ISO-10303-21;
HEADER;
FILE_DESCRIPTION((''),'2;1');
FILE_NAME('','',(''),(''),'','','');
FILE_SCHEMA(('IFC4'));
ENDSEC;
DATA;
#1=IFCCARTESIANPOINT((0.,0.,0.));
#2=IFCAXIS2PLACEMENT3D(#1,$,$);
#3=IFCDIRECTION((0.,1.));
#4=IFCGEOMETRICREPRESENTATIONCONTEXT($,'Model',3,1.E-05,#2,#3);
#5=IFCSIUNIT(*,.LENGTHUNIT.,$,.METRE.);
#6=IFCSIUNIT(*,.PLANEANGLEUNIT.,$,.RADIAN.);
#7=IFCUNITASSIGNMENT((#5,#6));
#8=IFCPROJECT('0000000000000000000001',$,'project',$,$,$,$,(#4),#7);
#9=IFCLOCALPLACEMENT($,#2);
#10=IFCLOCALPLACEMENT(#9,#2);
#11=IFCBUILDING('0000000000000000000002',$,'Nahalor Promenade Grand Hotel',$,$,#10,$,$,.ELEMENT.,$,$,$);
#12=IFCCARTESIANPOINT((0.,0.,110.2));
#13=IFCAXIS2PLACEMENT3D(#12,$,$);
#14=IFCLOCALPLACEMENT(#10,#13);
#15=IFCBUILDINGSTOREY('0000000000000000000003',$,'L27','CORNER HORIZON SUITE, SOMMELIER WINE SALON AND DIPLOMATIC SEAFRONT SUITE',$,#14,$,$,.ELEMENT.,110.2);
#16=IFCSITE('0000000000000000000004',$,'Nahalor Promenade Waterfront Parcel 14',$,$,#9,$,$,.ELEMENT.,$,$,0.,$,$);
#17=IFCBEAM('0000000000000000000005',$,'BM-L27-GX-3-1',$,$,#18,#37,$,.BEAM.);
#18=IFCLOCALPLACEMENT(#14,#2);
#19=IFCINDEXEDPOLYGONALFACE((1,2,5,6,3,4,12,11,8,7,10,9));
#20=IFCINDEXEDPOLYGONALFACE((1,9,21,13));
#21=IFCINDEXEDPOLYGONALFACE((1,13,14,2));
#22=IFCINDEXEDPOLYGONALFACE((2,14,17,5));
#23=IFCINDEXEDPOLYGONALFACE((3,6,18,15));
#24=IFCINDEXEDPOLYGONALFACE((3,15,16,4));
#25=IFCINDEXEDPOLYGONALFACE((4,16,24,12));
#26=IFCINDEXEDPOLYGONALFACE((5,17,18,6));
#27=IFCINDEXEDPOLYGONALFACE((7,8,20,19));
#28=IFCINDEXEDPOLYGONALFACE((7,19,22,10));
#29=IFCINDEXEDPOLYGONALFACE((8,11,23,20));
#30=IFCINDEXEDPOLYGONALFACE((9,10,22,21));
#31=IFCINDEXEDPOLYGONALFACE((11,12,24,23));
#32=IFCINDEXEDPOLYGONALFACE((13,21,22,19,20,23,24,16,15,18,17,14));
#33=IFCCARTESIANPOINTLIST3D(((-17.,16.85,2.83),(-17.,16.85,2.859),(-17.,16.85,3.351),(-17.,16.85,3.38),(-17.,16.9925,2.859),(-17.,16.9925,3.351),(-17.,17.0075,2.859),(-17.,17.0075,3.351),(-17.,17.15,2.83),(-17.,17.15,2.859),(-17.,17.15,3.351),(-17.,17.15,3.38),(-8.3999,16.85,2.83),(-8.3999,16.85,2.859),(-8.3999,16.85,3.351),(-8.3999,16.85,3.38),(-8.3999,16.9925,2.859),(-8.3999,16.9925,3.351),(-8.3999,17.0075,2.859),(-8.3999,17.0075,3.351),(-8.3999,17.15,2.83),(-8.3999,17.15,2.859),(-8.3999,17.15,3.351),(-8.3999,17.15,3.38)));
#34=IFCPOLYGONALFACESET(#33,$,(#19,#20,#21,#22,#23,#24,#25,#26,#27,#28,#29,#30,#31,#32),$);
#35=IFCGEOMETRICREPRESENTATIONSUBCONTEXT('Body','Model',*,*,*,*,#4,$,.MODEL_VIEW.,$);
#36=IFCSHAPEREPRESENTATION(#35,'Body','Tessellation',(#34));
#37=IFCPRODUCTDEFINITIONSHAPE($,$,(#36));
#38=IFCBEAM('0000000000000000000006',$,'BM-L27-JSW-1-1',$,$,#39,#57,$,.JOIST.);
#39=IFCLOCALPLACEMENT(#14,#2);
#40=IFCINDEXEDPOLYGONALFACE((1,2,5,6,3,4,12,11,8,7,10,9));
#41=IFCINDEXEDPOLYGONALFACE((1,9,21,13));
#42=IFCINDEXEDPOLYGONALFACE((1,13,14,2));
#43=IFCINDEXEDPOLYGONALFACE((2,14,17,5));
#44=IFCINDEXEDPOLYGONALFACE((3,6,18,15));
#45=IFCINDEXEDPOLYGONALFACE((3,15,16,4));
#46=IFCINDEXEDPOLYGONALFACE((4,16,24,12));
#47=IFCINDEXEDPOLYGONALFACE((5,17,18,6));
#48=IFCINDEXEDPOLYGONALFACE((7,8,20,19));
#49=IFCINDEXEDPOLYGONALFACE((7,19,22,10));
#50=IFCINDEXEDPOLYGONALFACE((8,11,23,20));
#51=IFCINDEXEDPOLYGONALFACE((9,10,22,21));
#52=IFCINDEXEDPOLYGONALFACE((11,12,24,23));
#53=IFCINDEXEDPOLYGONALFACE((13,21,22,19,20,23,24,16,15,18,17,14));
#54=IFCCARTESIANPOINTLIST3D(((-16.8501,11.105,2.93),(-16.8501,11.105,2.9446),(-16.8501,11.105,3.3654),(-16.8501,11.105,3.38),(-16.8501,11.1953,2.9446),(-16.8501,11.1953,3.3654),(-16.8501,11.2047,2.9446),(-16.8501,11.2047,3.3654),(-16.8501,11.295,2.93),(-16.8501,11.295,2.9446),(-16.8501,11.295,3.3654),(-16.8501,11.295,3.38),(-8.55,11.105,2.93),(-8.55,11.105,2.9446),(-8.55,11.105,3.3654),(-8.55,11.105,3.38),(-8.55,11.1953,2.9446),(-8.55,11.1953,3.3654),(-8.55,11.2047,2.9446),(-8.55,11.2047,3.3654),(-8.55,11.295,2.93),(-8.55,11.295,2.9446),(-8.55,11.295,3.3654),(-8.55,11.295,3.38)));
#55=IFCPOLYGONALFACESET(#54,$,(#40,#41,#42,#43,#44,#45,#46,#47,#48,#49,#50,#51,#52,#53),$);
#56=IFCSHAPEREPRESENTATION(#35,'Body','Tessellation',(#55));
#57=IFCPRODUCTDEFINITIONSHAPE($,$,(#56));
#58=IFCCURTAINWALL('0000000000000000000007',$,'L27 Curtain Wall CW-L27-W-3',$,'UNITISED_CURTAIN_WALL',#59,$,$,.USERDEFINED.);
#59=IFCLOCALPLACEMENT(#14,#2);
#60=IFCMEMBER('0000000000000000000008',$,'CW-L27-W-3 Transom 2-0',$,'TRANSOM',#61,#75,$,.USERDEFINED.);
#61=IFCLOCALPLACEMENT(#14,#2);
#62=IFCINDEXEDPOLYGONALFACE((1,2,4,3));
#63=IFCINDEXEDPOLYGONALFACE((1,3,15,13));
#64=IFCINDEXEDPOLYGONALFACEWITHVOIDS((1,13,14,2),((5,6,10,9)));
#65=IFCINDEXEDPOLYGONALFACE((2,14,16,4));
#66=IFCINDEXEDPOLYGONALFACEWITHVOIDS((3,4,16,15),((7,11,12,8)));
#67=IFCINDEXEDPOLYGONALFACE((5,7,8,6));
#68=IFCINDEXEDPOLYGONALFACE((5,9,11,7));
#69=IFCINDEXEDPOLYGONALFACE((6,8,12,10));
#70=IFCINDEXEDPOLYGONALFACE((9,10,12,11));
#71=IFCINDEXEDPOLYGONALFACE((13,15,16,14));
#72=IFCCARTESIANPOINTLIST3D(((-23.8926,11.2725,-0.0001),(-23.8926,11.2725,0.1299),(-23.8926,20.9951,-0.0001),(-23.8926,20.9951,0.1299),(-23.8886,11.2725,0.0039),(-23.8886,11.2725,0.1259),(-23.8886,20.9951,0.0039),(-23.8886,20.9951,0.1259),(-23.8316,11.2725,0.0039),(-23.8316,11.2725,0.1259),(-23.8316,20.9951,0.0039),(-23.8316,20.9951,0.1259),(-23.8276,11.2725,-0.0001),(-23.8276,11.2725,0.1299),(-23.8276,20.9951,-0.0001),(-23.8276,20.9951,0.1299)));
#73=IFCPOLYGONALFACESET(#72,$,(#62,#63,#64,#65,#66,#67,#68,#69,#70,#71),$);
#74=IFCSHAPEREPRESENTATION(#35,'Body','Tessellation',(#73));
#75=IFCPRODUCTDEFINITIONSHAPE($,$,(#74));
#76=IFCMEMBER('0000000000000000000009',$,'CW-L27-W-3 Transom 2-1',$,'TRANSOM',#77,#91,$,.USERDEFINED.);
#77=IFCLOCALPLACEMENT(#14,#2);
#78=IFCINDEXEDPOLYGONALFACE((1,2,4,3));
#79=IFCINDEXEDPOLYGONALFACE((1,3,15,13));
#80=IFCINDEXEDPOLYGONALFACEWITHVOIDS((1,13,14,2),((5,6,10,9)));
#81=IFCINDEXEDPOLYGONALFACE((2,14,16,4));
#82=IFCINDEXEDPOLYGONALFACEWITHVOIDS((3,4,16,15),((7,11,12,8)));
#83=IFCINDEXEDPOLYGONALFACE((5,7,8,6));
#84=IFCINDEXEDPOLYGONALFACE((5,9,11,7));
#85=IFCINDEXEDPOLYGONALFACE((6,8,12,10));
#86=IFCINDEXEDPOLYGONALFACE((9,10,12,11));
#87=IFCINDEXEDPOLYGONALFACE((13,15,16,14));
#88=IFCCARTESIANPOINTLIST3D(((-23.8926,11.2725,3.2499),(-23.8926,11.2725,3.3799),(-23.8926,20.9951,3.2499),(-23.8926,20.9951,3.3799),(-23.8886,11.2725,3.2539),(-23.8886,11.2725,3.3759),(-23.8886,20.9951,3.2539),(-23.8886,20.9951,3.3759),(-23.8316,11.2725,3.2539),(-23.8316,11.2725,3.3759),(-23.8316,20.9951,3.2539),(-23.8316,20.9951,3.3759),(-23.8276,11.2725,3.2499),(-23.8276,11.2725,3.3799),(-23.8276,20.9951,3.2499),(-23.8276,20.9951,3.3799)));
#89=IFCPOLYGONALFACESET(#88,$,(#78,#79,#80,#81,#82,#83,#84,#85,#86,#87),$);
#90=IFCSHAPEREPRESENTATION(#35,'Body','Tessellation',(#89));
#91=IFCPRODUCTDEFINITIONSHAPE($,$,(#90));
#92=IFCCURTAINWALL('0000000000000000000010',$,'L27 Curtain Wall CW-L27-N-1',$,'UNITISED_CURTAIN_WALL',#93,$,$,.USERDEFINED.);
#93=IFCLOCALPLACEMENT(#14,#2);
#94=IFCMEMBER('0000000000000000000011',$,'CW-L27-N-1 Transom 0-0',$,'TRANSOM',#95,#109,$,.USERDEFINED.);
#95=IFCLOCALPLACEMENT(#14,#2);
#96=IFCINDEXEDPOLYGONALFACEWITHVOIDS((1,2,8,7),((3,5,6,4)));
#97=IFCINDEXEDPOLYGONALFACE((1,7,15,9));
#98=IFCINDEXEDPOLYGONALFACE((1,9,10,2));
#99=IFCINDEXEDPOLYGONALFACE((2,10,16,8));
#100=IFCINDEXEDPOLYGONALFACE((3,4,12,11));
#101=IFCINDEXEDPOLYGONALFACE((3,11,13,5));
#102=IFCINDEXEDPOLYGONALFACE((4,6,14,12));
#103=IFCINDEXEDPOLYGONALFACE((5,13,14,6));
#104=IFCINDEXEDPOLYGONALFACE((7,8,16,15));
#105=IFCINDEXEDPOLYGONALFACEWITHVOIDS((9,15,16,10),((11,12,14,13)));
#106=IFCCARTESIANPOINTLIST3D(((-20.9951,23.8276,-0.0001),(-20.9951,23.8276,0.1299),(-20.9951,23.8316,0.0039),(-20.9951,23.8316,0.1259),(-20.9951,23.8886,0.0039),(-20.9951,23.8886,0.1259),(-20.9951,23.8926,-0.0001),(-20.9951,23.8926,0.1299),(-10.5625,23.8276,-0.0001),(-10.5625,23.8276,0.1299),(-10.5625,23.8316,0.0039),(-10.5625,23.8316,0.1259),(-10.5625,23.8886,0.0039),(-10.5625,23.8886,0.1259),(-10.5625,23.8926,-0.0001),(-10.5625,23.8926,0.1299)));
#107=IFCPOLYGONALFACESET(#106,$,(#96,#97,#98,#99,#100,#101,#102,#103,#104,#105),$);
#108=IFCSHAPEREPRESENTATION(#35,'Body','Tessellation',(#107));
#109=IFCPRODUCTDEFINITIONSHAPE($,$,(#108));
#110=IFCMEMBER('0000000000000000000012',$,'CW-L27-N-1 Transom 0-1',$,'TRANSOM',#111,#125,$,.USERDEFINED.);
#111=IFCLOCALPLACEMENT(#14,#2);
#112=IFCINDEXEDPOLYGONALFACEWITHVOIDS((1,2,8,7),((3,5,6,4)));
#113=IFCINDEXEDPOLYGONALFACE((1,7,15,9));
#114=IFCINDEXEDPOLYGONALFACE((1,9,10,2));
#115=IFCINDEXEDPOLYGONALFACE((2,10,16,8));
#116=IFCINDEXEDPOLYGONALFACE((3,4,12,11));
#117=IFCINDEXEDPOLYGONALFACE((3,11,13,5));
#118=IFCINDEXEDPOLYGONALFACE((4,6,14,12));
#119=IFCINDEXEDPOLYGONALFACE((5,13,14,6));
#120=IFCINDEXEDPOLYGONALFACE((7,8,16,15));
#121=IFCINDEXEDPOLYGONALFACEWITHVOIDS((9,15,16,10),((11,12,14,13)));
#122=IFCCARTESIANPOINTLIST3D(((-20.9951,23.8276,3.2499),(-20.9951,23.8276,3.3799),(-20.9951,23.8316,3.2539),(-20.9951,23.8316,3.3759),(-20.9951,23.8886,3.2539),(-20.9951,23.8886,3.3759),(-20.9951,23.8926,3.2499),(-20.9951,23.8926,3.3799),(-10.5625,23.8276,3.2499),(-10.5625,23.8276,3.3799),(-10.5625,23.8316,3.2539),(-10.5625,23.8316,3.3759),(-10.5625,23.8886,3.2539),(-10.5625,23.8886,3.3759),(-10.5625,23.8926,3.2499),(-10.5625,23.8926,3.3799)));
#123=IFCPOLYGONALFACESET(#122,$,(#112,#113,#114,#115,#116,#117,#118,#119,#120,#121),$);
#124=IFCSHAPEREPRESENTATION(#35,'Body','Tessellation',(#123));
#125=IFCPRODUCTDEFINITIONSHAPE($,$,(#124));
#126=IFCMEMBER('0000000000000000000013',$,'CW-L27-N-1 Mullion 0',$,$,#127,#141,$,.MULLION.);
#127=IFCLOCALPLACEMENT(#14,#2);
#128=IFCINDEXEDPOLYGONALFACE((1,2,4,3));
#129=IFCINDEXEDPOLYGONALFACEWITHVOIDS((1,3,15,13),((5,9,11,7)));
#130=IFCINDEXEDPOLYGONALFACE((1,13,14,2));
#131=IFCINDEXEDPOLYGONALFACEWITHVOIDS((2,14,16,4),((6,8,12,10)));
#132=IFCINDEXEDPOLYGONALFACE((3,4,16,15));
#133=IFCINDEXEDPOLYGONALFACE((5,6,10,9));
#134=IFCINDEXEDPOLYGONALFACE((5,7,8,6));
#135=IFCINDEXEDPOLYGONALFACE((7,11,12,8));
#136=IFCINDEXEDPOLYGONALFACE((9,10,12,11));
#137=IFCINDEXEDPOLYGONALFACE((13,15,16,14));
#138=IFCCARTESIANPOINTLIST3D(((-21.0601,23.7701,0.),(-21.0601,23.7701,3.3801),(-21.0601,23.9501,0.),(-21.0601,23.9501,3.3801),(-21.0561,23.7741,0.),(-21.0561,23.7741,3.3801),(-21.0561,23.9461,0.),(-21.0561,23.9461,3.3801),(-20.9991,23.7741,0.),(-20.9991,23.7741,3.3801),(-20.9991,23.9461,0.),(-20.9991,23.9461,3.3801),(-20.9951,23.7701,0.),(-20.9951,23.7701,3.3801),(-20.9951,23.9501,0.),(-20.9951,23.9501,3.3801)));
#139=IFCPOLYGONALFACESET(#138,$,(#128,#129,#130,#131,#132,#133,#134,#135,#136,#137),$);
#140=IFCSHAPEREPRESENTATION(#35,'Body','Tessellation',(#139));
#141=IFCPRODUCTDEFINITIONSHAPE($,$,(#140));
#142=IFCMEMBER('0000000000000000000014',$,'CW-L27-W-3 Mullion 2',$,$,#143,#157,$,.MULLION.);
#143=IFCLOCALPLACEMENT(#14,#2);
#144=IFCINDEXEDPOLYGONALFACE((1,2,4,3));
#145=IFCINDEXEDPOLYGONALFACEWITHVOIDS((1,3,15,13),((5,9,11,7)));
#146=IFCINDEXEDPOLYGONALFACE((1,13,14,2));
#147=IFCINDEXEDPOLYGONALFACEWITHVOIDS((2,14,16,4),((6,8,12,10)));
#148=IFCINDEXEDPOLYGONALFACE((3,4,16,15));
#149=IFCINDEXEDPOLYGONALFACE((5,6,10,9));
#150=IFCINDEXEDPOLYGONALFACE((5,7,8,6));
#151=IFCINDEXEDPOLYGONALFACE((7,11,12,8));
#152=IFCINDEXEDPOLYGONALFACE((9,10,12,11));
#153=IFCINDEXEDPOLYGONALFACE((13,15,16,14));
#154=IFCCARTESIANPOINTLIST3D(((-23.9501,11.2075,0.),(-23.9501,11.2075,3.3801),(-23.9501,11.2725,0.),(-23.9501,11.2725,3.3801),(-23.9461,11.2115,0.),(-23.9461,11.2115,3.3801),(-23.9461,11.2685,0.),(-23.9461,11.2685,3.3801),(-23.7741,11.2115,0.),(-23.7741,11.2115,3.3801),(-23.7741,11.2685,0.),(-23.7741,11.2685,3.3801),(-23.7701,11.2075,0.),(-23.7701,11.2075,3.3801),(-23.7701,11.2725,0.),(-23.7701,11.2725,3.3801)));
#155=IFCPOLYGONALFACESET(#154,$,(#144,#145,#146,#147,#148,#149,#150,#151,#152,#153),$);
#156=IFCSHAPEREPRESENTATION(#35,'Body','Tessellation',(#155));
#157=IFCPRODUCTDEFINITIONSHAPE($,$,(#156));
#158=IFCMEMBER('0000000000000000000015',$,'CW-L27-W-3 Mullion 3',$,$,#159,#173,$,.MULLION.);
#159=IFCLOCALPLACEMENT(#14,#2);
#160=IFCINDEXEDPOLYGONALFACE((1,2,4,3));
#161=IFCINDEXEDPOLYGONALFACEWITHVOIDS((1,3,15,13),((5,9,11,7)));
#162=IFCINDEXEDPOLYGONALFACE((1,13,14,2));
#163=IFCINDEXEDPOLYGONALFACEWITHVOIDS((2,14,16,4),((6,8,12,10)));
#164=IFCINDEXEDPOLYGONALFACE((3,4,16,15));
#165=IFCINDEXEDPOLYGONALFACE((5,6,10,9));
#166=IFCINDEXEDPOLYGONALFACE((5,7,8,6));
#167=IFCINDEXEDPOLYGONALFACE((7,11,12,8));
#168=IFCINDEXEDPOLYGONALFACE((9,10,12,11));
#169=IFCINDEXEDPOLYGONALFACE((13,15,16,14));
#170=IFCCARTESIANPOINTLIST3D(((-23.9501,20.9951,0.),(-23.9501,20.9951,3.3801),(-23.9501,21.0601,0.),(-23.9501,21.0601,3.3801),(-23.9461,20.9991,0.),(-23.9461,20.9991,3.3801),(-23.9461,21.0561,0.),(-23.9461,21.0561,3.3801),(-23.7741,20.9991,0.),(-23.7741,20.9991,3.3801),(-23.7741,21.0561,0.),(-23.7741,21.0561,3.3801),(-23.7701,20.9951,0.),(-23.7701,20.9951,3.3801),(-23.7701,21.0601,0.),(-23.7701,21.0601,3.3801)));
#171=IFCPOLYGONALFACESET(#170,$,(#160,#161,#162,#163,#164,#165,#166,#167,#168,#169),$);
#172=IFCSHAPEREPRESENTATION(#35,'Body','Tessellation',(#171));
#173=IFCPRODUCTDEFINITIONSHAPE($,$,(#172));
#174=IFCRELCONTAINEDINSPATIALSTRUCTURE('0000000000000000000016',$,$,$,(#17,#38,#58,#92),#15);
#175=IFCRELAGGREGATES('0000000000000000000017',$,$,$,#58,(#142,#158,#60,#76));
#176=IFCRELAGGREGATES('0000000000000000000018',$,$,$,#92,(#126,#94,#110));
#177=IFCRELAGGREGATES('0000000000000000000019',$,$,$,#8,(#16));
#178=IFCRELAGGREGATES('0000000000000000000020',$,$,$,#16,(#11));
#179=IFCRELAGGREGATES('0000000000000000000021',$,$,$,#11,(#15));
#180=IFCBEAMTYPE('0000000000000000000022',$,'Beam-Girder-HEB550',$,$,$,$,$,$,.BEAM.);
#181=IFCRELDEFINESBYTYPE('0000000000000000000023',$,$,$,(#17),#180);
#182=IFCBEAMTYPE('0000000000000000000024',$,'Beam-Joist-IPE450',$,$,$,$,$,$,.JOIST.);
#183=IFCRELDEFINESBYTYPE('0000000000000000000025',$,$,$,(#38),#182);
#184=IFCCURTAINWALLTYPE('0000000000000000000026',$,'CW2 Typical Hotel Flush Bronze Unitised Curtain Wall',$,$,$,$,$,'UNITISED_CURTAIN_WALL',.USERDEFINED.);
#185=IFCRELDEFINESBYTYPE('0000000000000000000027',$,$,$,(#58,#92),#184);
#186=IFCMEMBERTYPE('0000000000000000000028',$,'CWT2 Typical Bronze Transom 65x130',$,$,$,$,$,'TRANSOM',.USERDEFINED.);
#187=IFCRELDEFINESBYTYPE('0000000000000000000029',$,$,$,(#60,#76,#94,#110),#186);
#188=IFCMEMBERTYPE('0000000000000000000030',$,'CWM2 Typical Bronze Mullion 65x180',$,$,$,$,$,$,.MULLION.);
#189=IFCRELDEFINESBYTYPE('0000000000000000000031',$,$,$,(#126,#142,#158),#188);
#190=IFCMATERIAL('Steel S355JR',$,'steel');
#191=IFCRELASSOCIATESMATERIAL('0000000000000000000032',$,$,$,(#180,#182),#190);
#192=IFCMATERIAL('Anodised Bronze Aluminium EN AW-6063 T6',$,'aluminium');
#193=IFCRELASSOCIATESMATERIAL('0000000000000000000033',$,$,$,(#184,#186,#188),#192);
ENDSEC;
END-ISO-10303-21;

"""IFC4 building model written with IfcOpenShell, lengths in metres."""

from ifc_helpers import new_model, si_unit, direction, frame, origin, origin_2d, place, context, subcontext, project, spatial, hollow_rectangle, i_section, extrude, source, transform, mapped, material, material_profile, profile_set, type_object, element, aggregate, save


model = new_model("IFC4")

# Units and contexts
model_context = context("Model", 3, precision=1e-05, world=origin(), true_north=direction((0.0, 1.0)))
body_context = subcontext(model_context, "Body", "Model", "MODEL_VIEW")
ifc_project = project(units=[si_unit("LENGTHUNIT", "METRE"), si_unit("PLANEANGLEUNIT", "RADIAN")], contexts=[model_context])

# Site, building, storey
site_placement = place(None, origin())
site = spatial("IfcSite", under=ifc_project, at=site_placement, Name="Nahalor Promenade Waterfront Parcel 14", CompositionType="ELEMENT", RefElevation=0.0)
building_placement = place(site_placement, origin())
building = spatial("IfcBuilding", under=site, at=building_placement, Name="Nahalor Promenade Grand Hotel", CompositionType="ELEMENT")
storey_placement = place(building_placement, frame((0.0, 0.0, 110.2)))
storey = spatial("IfcBuildingStorey", under=building, at=storey_placement, Name="L27", Description="CORNER HORIZON SUITE, SOMMELIER WINE SALON AND DIPLOMATIC SEAFRONT SUITE", CompositionType="ELEMENT", Elevation=110.2)

# Beams
ifc_material_1 = material(Name="Steel S355JR", Category="steel")
ifc_material_profile_1 = material_profile(ifc_material_1, i_section(OverallWidth=0.3, OverallDepth=0.55, WebThickness=0.015, FlangeThickness=0.029, at=origin_2d()), Name="HEB 550")
ifc_profile_set_1 = profile_set([ifc_material_profile_1], Name="Steel S355JR")
beam_type_1 = type_object("IfcBeamType", Name="Beam-Girder-HEB550", PredefinedType="BEAM", material=ifc_profile_set_1)
shared_shape_1 = source(origin(), body_context, "Body", "SweptSolid", [
    extrude(i_section(OverallWidth=0.3, OverallDepth=0.55, WebThickness=0.015, FlangeThickness=0.029, at=origin_2d()), origin(), (0.0, 0.0, 1.0), 8.6001),
])
beam_1_placement = place(storey_placement, frame((-17.0, 17.0, 3.105), z_axis=(1.0, 0.0, 0.0), x_axis=(0.0, 1.0, 0.0)))
element("IfcBeam", 1, at=beam_1_placement, inside=storey, type_object=beam_type_1, Name="BM-L27-GX-3-1", PredefinedType="BEAM", context=body_context, shape_type="MappedRepresentation", body=[
    mapped(shared_shape_1, transform((0.0, 0.0, 0.0), scale=1.0)),
])
ifc_material_profile_2 = material_profile(ifc_material_1, i_section(OverallWidth=0.19, OverallDepth=0.45, WebThickness=0.0094, FlangeThickness=0.0146, at=origin_2d()), Name="IPE 450")
ifc_profile_set_2 = profile_set([ifc_material_profile_2], Name="Steel S355JR")
beam_type_2 = type_object("IfcBeamType", Name="Beam-Joist-IPE450", PredefinedType="JOIST", material=ifc_profile_set_2)
shared_shape_2 = source(origin(), body_context, "Body", "SweptSolid", [
    extrude(i_section(OverallWidth=0.19, OverallDepth=0.45, WebThickness=0.0094, FlangeThickness=0.0146, at=origin_2d()), origin(), (0.0, 0.0, 1.0), 8.3),
])
beam_2_placement = place(storey_placement, frame((-16.8501, 11.2, 3.155), z_axis=(1.0, 0.0, 0.0), x_axis=(0.0, 1.0, 0.0)))
element("IfcBeam", 2, at=beam_2_placement, inside=storey, type_object=beam_type_2, Name="BM-L27-JSW-1-1", PredefinedType="JOIST", context=body_context, shape_type="MappedRepresentation", body=[
    mapped(shared_shape_2, transform((0.0, 0.0, 0.0), scale=1.0)),
])

# Curtain walls, members
ifc_material_2 = material(Name="Anodised Bronze Aluminium EN AW-6063 T6", Category="aluminium")
curtain_wall_type = type_object("IfcCurtainWallType", Name="CW2 Typical Hotel Flush Bronze Unitised Curtain Wall", ElementType="UNITISED_CURTAIN_WALL", PredefinedType="USERDEFINED", material=ifc_material_2)
curtain_wall_1_placement = place(storey_placement, origin())
curtain_wall_1 = element("IfcCurtainWall", 3, at=curtain_wall_1_placement, inside=storey, type_object=curtain_wall_type, Name="L27 Curtain Wall CW-L27-W-3", ObjectType="UNITISED_CURTAIN_WALL", PredefinedType="USERDEFINED")
ifc_material_profile_3 = material_profile(ifc_material_2, hollow_rectangle(XDim=0.065, YDim=0.13, WallThickness=0.004, at=origin_2d()), Name="CWT 65x130x4")
ifc_profile_set_3 = profile_set([ifc_material_profile_3], Name="Anodised Bronze Aluminium EN AW-6063 T6")
member_type_1 = type_object("IfcMemberType", Name="CWT2 Typical Bronze Transom 65x130", ElementType="TRANSOM", PredefinedType="USERDEFINED", material=ifc_profile_set_3)
shared_shape_3 = source(origin(), body_context, "Body", "SweptSolid", [
    extrude(hollow_rectangle(XDim=0.065, YDim=0.13, WallThickness=0.004, at=origin_2d()), origin(), (0.0, 0.0, 1.0), 9.7227),
])
member_1_placement = place(storey_placement, frame((-23.8601, 11.2725, 0.0649), z_axis=(0.0, 1.0, 0.0), x_axis=(-1.0, 0.0, 0.0)))
member_1 = element("IfcMember", 4, at=member_1_placement, type_object=member_type_1, Name="CW-L27-W-3 Transom 2-0", ObjectType="TRANSOM", PredefinedType="USERDEFINED", context=body_context, shape_type="MappedRepresentation", body=[
    mapped(shared_shape_3, transform((0.0, 0.0, 0.0), scale=1.0)),
])
member_2_placement = place(storey_placement, frame((-23.8601, 11.2725, 3.3149), z_axis=(0.0, 1.0, 0.0), x_axis=(-1.0, 0.0, 0.0)))
member_2 = element("IfcMember", 5, at=member_2_placement, type_object=member_type_1, Name="CW-L27-W-3 Transom 2-1", ObjectType="TRANSOM", PredefinedType="USERDEFINED", context=body_context, shape_type="MappedRepresentation", body=[
    mapped(shared_shape_3, transform((0.0, 0.0, 0.0), scale=1.0)),
])
curtain_wall_2_placement = place(storey_placement, origin())
curtain_wall_2 = element("IfcCurtainWall", 6, at=curtain_wall_2_placement, inside=storey, type_object=curtain_wall_type, Name="L27 Curtain Wall CW-L27-N-1", ObjectType="UNITISED_CURTAIN_WALL", PredefinedType="USERDEFINED")
shared_shape_4 = source(origin(), body_context, "Body", "SweptSolid", [
    extrude(hollow_rectangle(XDim=0.065, YDim=0.13, WallThickness=0.004, at=origin_2d()), origin(), (0.0, 0.0, 1.0), 10.4326),
])
member_3_placement = place(storey_placement, frame((-20.9951, 23.8601, 0.0649), z_axis=(1.0, 0.0, 0.0), x_axis=(0.0, 1.0, 0.0)))
member_3 = element("IfcMember", 7, at=member_3_placement, type_object=member_type_1, Name="CW-L27-N-1 Transom 0-0", ObjectType="TRANSOM", PredefinedType="USERDEFINED", context=body_context, shape_type="MappedRepresentation", body=[
    mapped(shared_shape_4, transform((0.0, 0.0, 0.0), scale=1.0)),
])
member_4_placement = place(storey_placement, frame((-20.9951, 23.8601, 3.3149), z_axis=(1.0, 0.0, 0.0), x_axis=(0.0, 1.0, 0.0)))
member_4 = element("IfcMember", 8, at=member_4_placement, type_object=member_type_1, Name="CW-L27-N-1 Transom 0-1", ObjectType="TRANSOM", PredefinedType="USERDEFINED", context=body_context, shape_type="MappedRepresentation", body=[
    mapped(shared_shape_4, transform((0.0, 0.0, 0.0), scale=1.0)),
])
ifc_material_profile_4 = material_profile(ifc_material_2, hollow_rectangle(XDim=0.065, YDim=0.18, WallThickness=0.004, at=origin_2d()), Name="CWM 65x180x4")
ifc_profile_set_4 = profile_set([ifc_material_profile_4], Name="Anodised Bronze Aluminium EN AW-6063 T6")
member_type_2 = type_object("IfcMemberType", Name="CWM2 Typical Bronze Mullion 65x180", PredefinedType="MULLION", material=ifc_profile_set_4)
shared_shape_5 = source(origin(), body_context, "Body", "SweptSolid", [
    extrude(hollow_rectangle(XDim=0.065, YDim=0.18, WallThickness=0.004, at=origin_2d()), origin(), (0.0, 0.0, 1.0), 3.3801),
])
member_5_placement = place(storey_placement, frame((-21.0276, 23.8601, 0.0), z_axis=(0.0, 0.0, 1.0), x_axis=(1.0, 0.0, 0.0)))
member_5 = element("IfcMember", 9, at=member_5_placement, type_object=member_type_2, Name="CW-L27-N-1 Mullion 0", PredefinedType="MULLION", context=body_context, shape_type="MappedRepresentation", body=[
    mapped(shared_shape_5, transform((0.0, 0.0, 0.0), scale=1.0)),
])

# Members
member_6_placement = place(storey_placement, frame((-23.8601, 11.24, 0.0), z_axis=(0.0, 0.0, 1.0), x_axis=(0.0, 1.0, 0.0)))
member_6 = element("IfcMember", 10, at=member_6_placement, type_object=member_type_2, Name="CW-L27-W-3 Mullion 2", PredefinedType="MULLION", context=body_context, shape_type="MappedRepresentation", body=[
    mapped(shared_shape_5, transform((0.0, 0.0, 0.0), scale=1.0)),
])
member_7_placement = place(storey_placement, frame((-23.8601, 21.0276, 0.0), z_axis=(0.0, 0.0, 1.0), x_axis=(0.0, 1.0, 0.0)))
member_7 = element("IfcMember", 11, at=member_7_placement, type_object=member_type_2, Name="CW-L27-W-3 Mullion 3", PredefinedType="MULLION", context=body_context, shape_type="MappedRepresentation", body=[
    mapped(shared_shape_5, transform((0.0, 0.0, 0.0), scale=1.0)),
])

aggregate(curtain_wall_1, [member_6, member_7, member_1, member_2])
aggregate(curtain_wall_2, [member_5, member_3, member_4])

save(model, "model.ifc")
